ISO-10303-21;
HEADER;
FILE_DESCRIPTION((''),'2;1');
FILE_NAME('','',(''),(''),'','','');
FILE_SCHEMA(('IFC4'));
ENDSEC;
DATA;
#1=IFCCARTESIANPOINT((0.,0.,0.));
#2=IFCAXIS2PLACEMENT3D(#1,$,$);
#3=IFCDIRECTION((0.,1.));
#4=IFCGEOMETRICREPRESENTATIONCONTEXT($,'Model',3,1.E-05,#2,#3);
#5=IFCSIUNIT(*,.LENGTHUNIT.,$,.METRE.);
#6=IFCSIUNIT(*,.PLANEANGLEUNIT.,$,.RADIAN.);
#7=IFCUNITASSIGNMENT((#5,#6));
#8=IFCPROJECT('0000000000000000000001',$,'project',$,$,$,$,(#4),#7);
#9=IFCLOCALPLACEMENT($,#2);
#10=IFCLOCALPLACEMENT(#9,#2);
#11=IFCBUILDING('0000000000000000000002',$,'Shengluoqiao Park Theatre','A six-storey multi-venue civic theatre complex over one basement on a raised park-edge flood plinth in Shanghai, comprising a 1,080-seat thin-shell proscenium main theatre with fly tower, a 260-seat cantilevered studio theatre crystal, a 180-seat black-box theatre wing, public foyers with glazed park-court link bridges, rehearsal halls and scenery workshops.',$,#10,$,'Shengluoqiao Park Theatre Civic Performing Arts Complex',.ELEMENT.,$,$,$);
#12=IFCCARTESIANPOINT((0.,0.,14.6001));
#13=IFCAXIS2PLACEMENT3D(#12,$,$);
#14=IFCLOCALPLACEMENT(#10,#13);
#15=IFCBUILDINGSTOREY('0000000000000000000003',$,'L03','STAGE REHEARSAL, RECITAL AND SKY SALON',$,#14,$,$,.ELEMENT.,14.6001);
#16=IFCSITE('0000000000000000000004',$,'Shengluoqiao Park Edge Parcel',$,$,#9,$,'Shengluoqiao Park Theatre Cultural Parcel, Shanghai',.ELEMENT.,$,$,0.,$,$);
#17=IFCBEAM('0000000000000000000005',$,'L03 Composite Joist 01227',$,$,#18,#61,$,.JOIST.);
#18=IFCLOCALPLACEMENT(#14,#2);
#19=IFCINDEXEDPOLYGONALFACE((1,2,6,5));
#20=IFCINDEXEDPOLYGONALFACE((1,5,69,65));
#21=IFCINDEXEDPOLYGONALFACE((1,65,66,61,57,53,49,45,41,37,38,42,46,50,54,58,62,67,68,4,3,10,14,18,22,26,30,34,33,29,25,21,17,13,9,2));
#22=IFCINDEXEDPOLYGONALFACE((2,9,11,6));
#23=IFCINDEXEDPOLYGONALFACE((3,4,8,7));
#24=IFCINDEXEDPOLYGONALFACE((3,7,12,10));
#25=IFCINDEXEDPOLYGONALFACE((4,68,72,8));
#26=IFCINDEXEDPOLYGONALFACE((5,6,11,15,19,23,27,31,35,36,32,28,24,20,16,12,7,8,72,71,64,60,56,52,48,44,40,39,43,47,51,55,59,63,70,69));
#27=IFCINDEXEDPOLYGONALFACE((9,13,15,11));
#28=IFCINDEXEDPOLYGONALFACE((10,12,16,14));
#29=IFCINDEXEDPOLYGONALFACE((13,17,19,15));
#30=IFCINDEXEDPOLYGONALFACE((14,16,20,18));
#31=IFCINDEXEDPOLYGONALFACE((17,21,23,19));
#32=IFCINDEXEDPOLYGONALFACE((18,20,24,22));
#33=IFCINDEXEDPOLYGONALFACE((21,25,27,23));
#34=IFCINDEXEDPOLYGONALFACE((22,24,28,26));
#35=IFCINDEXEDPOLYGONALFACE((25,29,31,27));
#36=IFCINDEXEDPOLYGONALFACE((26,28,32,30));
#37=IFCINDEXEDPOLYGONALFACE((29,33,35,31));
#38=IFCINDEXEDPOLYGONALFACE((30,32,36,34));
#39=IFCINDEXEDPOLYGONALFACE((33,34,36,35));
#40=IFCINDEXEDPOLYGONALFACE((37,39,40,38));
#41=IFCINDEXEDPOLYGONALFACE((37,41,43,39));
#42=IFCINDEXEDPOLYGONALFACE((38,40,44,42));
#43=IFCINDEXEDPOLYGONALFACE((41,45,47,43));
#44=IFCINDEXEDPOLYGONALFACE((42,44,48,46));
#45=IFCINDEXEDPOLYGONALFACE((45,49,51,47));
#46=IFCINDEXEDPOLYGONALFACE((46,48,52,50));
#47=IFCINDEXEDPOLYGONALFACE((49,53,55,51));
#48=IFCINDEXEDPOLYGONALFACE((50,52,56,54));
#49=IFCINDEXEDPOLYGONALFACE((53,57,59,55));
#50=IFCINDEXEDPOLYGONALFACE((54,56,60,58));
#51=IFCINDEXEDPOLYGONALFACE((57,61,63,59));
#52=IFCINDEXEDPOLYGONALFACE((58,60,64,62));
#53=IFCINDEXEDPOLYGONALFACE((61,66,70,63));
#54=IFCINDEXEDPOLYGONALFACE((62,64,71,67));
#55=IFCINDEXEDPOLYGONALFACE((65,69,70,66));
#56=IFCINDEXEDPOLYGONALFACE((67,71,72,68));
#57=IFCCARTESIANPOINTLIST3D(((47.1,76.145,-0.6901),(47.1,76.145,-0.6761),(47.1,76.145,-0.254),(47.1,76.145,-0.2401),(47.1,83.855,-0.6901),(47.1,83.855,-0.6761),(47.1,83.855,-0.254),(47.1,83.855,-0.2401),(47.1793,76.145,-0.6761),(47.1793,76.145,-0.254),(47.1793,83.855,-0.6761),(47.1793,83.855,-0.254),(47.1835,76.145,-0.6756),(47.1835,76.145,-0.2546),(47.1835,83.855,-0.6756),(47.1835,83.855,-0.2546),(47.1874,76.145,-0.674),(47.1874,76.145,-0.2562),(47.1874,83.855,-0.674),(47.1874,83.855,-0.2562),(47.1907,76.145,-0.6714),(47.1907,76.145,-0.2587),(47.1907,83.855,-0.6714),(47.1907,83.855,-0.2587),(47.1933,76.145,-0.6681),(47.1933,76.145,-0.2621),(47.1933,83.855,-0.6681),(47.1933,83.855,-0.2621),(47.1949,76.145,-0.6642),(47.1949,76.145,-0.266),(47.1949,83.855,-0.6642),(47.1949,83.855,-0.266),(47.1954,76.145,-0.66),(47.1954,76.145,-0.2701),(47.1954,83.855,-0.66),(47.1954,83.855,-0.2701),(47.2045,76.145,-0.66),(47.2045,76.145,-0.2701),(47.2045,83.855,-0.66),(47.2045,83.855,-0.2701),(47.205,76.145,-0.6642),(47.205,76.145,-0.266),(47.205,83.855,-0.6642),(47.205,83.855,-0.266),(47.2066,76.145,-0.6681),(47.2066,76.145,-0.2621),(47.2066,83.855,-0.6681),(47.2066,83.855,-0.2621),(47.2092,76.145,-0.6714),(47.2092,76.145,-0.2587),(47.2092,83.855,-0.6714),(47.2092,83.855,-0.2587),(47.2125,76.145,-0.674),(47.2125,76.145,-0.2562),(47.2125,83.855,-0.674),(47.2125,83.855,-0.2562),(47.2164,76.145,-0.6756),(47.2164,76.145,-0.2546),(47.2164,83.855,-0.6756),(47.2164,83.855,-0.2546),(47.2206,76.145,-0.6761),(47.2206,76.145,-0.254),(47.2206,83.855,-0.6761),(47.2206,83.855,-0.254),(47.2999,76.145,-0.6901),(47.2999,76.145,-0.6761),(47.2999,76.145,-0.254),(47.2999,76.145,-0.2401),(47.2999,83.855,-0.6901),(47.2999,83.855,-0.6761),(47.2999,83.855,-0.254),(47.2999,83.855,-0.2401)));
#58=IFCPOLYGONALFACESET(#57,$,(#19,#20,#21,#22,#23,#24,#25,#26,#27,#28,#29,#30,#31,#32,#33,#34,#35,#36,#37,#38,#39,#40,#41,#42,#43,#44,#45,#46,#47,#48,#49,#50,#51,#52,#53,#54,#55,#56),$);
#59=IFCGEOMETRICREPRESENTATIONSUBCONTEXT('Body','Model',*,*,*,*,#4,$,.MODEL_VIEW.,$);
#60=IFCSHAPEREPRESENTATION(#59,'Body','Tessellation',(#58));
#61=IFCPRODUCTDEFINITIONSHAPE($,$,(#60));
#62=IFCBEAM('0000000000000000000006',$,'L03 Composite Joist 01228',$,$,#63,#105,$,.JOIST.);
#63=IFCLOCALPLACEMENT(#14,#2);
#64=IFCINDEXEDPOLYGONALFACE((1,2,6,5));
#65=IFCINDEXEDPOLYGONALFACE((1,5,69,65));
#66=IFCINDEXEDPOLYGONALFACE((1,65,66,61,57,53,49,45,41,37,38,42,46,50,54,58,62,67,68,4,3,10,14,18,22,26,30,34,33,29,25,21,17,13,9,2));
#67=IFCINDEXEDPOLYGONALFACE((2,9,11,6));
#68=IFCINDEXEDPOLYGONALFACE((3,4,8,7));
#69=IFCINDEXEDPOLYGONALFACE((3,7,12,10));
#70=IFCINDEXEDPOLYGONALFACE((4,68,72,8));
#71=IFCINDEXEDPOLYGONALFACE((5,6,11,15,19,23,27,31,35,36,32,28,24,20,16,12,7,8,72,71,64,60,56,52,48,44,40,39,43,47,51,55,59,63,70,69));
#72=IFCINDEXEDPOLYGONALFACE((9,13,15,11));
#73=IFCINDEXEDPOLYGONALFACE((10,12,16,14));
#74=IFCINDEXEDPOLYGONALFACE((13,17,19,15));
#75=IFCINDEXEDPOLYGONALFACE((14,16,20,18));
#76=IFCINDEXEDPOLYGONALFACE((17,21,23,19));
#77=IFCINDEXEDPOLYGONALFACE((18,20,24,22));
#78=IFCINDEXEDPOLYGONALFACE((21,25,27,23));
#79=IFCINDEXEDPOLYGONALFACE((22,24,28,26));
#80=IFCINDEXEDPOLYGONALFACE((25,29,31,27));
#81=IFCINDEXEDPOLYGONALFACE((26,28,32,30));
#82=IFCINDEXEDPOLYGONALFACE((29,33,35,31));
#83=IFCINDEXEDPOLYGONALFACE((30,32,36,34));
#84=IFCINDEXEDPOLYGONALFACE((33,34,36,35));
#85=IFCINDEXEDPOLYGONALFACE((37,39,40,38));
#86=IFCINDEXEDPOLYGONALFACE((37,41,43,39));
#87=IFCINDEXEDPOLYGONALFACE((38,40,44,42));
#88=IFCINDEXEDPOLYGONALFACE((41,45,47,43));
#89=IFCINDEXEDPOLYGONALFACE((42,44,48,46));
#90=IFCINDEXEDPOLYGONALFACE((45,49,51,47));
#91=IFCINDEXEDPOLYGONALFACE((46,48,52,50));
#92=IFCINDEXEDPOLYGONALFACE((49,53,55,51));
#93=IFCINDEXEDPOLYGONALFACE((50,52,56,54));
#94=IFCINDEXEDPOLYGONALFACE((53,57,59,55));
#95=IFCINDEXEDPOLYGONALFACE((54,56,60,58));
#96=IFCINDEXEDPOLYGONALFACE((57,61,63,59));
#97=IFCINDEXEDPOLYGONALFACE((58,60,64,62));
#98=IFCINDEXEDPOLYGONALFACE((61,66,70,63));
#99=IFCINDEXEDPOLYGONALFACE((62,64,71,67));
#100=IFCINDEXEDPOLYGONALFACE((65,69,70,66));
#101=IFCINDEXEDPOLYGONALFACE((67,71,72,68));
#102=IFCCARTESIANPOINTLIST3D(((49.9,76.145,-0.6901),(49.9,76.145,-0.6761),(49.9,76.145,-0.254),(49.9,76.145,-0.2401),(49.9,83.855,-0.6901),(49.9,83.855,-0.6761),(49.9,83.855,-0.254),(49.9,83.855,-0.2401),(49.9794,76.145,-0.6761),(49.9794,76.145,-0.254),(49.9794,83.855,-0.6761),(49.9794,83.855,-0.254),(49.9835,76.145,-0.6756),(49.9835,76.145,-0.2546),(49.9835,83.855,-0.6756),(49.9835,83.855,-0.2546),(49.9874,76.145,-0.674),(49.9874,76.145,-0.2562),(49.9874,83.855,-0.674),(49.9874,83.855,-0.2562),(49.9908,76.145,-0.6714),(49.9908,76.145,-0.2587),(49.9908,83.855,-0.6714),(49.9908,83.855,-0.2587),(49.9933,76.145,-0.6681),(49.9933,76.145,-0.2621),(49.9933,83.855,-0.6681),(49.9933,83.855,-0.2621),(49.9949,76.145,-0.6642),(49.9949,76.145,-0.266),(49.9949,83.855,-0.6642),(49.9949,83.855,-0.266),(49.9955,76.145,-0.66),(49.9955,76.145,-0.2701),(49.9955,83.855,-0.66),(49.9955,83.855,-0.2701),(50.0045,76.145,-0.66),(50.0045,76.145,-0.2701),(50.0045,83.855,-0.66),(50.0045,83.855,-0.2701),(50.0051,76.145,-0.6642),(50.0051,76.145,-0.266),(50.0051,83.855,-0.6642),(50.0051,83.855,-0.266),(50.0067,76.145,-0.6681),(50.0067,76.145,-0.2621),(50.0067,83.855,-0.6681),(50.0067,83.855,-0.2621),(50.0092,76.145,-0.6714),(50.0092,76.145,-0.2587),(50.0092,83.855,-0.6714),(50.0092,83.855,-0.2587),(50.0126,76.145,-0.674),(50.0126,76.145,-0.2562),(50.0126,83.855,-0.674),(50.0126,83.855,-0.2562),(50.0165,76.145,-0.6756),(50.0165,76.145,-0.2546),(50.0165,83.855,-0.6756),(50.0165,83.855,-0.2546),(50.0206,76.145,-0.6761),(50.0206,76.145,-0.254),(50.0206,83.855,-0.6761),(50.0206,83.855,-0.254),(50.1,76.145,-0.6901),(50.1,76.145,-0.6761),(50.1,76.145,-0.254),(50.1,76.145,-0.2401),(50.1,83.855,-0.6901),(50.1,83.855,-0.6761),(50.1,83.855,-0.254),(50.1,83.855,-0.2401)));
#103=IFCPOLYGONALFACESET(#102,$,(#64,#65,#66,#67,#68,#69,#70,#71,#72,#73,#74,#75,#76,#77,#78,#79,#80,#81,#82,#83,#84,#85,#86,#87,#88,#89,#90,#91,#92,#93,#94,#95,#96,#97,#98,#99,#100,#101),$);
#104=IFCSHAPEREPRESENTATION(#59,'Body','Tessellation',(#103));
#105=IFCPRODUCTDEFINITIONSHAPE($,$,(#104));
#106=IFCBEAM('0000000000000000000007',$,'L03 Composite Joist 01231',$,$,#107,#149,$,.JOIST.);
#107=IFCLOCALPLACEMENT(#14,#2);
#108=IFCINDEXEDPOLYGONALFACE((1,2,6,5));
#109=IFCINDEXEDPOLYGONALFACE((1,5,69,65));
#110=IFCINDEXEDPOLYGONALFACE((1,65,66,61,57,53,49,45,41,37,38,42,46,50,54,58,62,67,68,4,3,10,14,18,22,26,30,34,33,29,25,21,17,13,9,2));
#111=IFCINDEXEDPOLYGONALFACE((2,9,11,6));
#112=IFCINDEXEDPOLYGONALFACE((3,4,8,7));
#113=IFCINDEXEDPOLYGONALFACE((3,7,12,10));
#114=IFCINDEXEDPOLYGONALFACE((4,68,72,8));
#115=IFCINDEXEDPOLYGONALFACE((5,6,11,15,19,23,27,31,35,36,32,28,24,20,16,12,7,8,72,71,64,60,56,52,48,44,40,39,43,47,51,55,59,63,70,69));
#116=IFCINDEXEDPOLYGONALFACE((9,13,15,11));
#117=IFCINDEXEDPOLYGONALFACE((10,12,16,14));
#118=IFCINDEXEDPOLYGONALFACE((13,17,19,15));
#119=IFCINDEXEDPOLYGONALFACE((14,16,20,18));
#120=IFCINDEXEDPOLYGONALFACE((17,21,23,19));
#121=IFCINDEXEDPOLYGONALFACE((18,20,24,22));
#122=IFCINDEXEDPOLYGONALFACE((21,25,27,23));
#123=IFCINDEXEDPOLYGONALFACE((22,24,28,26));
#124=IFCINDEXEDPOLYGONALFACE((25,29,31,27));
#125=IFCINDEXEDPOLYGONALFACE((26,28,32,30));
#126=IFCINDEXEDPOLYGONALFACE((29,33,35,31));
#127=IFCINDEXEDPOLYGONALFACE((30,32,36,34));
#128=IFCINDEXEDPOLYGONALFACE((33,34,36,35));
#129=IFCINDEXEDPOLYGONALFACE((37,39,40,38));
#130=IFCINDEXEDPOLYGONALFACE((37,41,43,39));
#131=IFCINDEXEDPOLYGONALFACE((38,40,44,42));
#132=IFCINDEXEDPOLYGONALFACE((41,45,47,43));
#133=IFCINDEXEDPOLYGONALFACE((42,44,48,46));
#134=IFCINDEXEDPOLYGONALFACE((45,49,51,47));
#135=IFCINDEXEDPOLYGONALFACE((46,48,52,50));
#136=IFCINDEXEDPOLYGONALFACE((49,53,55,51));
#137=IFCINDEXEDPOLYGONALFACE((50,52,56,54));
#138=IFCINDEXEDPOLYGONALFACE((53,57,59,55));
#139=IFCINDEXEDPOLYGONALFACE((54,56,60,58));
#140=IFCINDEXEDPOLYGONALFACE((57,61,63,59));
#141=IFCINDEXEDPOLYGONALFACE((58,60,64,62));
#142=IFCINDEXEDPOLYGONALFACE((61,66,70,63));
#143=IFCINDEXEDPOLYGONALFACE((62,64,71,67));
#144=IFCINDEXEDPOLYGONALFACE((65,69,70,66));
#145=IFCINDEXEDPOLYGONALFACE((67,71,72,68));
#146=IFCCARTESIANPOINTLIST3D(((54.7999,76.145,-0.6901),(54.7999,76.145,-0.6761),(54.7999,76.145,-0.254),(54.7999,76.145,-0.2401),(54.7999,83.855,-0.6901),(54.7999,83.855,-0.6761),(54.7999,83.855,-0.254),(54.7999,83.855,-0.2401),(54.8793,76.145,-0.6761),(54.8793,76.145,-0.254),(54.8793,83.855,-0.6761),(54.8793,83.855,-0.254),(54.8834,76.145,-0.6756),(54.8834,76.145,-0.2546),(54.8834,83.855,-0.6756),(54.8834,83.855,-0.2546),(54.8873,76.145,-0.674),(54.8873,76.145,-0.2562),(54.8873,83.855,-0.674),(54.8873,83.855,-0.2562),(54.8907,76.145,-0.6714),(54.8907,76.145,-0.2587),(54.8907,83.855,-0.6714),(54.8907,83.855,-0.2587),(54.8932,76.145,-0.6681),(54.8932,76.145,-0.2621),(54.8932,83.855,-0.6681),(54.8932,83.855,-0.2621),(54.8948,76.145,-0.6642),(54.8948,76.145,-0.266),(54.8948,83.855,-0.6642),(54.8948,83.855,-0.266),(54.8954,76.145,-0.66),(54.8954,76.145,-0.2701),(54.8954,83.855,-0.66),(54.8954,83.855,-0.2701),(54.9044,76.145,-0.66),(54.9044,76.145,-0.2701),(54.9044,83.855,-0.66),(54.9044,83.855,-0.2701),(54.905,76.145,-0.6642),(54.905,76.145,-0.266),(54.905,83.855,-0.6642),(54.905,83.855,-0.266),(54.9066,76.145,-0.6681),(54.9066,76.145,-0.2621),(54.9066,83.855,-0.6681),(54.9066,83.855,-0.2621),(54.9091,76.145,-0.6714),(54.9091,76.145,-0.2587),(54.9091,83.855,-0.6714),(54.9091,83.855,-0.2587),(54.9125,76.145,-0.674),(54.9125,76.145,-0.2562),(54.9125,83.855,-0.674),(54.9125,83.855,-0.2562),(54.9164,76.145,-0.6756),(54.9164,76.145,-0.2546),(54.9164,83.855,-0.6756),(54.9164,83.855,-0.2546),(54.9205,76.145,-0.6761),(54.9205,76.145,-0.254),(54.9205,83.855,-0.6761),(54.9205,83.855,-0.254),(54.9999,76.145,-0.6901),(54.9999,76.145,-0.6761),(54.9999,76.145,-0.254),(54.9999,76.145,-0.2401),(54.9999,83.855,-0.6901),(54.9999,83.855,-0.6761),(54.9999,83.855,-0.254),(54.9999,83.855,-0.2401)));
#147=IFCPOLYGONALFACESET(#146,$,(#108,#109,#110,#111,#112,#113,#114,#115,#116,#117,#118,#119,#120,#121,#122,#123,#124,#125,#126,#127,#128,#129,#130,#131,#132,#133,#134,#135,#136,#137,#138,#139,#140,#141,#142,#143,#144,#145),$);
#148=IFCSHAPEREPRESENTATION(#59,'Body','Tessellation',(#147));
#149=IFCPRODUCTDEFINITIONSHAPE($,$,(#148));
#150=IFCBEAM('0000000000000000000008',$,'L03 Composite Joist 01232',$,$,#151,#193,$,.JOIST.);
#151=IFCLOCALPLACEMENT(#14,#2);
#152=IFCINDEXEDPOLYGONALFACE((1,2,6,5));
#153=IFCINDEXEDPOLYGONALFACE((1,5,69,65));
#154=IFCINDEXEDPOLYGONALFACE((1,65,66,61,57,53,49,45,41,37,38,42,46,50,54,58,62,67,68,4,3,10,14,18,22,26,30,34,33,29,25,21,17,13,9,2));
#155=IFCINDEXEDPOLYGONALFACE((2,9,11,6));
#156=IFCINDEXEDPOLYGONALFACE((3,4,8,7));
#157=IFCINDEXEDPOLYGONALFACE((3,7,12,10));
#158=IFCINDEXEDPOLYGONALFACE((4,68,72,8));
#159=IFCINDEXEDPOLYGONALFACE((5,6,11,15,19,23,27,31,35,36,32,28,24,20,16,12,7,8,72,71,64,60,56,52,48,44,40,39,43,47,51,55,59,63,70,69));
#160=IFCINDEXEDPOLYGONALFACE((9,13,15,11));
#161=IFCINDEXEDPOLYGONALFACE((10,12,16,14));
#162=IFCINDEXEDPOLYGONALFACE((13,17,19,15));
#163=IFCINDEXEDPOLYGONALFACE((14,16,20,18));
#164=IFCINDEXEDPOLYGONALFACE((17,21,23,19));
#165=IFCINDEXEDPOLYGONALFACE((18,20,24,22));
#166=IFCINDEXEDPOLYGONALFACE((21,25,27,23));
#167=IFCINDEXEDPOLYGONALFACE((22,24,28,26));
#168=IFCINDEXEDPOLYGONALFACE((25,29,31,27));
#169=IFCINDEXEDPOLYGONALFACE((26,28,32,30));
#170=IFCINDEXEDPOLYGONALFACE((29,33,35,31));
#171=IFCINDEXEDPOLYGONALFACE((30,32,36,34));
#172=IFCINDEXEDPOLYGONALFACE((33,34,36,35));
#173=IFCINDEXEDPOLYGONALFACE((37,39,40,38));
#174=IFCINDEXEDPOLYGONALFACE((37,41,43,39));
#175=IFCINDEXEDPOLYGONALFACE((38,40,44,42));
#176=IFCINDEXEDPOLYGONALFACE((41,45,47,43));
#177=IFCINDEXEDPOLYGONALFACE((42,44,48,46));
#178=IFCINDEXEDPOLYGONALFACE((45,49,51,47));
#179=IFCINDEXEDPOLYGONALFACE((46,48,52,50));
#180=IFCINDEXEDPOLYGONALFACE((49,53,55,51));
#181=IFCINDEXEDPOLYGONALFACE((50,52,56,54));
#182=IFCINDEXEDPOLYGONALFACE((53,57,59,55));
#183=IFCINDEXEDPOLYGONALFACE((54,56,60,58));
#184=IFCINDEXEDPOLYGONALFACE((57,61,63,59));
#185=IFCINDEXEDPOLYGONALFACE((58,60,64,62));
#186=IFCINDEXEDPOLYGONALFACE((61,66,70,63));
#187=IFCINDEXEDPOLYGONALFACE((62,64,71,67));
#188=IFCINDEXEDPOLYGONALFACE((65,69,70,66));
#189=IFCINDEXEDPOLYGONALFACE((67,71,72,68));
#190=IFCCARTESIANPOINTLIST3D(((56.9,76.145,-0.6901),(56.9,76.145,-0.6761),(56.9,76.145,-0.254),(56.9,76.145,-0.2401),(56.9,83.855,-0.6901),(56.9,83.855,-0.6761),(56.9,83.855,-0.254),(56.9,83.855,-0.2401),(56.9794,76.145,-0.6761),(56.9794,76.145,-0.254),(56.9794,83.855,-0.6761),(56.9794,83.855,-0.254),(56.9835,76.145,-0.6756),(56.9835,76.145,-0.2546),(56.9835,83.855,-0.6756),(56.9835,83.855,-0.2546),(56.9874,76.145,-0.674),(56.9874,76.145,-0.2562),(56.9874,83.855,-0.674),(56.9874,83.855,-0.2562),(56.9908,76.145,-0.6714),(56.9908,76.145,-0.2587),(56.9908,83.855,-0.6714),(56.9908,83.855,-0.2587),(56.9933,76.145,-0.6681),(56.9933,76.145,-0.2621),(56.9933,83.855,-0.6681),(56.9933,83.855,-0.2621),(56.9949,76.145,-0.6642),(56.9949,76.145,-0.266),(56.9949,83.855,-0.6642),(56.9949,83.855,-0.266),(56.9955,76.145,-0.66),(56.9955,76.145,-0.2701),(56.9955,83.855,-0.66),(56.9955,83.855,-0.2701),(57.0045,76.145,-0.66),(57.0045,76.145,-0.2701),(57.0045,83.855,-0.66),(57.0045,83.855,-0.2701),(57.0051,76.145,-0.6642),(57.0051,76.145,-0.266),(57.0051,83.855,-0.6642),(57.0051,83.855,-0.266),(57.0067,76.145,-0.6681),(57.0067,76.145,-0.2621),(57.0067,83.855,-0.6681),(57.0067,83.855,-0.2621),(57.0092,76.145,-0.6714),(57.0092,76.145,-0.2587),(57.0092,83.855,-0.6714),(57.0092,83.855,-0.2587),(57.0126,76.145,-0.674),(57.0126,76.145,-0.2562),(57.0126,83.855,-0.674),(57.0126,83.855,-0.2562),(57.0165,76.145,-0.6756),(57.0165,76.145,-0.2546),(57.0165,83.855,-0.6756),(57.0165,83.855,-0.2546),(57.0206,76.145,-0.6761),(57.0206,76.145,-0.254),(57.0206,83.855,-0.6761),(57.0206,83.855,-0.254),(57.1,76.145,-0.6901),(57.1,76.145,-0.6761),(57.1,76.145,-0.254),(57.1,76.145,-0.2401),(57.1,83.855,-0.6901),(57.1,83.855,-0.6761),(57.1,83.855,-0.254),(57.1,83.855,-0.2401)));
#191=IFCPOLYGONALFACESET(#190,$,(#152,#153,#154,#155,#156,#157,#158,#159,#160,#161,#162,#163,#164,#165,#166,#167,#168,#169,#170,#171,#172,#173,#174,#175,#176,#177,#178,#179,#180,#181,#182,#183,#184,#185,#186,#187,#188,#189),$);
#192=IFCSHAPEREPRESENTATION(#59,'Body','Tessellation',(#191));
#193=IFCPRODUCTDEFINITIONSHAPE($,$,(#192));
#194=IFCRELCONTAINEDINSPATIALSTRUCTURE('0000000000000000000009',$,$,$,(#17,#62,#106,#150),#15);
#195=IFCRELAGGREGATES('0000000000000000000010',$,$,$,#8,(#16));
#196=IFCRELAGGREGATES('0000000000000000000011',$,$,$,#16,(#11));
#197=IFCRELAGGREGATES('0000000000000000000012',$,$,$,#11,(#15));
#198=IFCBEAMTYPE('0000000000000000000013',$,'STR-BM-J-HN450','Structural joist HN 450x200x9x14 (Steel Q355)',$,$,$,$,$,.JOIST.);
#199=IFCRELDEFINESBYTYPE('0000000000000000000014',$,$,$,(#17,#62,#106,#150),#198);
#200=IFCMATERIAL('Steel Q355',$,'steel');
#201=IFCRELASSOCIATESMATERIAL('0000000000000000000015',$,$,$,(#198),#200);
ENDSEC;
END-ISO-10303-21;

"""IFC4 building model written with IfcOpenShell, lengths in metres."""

from ifc_helpers import new_model, si_unit, direction, frame, origin, origin_2d, place, context, subcontext, project, spatial, i_section, extrude, material, material_profile, profile_set, type_object, element, save


model = new_model("IFC4")

# Units and contexts
model_context = context("Model", 3, precision=1e-05, world=origin(), true_north=direction((0.0, 1.0)))
body_context = subcontext(model_context, "Body", "Model", "MODEL_VIEW")
ifc_project = project(units=[si_unit("LENGTHUNIT", "METRE"), si_unit("PLANEANGLEUNIT", "RADIAN")], contexts=[model_context])

# Site, building, storey
site_placement = place(None, origin())
site = spatial("IfcSite", under=ifc_project, at=site_placement, Name="Shengluoqiao Park Edge Parcel", LongName="Shengluoqiao Park Theatre Cultural Parcel, Shanghai", CompositionType="ELEMENT", RefElevation=0.0)
building_placement = place(site_placement, origin())
building = spatial("IfcBuilding", under=site, at=building_placement, Name="Shengluoqiao Park Theatre", Description="A six-storey multi-venue civic theatre complex over one basement on a raised park-edge flood plinth in Shanghai, comprising a 1,080-seat thin-shell proscenium main theatre with fly tower, a 260-seat cantilevered studio theatre crystal, a 180-seat black-box theatre wing, public foyers with glazed park-court link bridges, rehearsal halls and scenery workshops.", LongName="Shengluoqiao Park Theatre Civic Performing Arts Complex", CompositionType="ELEMENT")
storey_placement = place(building_placement, frame((0.0, 0.0, 14.6001)))
storey = spatial("IfcBuildingStorey", under=building, at=storey_placement, Name="L03", Description="STAGE REHEARSAL, RECITAL AND SKY SALON", CompositionType="ELEMENT", Elevation=14.6001)

# Beams
ifc_material_1 = material(Name="Steel Q355", Category="steel")
ifc_material_profile_1 = material_profile(ifc_material_1, i_section(OverallWidth=0.2, OverallDepth=0.45, WebThickness=0.009, FlangeThickness=0.0139, FilletRadius=0.0161, at=origin_2d()), Name="HN 450x200x9x14")
ifc_profile_set_1 = profile_set([ifc_material_profile_1], Name="Steel Q355")
beam_type_1 = type_object("IfcBeamType", Name="STR-BM-J-HN450", Description="Structural joist HN 450x200x9x14 (Steel Q355)", PredefinedType="JOIST", material=ifc_profile_set_1)
for number, where, z_axis, x_axis, name in (
    (1, (47.2, 76.145, -0.4651), (0.0, 1.0, 0.0), (-1.0, 0.0, 0.0), "L03 Composite Joist 01227"),
    (2, (50.0, 76.145, -0.4651), (0.0, 1.0, 0.0), (-1.0, 0.0, 0.0), "L03 Composite Joist 01228"),
    (3, (54.8999, 76.145, -0.4651), (0.0, 1.0, 0.0), (-1.0, 0.0, 0.0), "L03 Composite Joist 01231"),
    (4, (57.0, 76.145, -0.4651), (0.0, 1.0, 0.0), (-1.0, 0.0, 0.0), "L03 Composite Joist 01232"),
):
    element("IfcBeam", number, at=place(storey_placement, frame(where, z_axis=z_axis, x_axis=x_axis)), inside=storey, type_object=beam_type_1, Name=name, PredefinedType="JOIST", context=body_context, shape_type="SweptSolid", body=[
        extrude(i_section(OverallWidth=0.2, OverallDepth=0.45, WebThickness=0.009, FlangeThickness=0.0139, FilletRadius=0.0161, at=origin_2d()), origin(), (0.0, 0.0, 1.0), 7.71),
    ])

save(model, "model.ifc")
